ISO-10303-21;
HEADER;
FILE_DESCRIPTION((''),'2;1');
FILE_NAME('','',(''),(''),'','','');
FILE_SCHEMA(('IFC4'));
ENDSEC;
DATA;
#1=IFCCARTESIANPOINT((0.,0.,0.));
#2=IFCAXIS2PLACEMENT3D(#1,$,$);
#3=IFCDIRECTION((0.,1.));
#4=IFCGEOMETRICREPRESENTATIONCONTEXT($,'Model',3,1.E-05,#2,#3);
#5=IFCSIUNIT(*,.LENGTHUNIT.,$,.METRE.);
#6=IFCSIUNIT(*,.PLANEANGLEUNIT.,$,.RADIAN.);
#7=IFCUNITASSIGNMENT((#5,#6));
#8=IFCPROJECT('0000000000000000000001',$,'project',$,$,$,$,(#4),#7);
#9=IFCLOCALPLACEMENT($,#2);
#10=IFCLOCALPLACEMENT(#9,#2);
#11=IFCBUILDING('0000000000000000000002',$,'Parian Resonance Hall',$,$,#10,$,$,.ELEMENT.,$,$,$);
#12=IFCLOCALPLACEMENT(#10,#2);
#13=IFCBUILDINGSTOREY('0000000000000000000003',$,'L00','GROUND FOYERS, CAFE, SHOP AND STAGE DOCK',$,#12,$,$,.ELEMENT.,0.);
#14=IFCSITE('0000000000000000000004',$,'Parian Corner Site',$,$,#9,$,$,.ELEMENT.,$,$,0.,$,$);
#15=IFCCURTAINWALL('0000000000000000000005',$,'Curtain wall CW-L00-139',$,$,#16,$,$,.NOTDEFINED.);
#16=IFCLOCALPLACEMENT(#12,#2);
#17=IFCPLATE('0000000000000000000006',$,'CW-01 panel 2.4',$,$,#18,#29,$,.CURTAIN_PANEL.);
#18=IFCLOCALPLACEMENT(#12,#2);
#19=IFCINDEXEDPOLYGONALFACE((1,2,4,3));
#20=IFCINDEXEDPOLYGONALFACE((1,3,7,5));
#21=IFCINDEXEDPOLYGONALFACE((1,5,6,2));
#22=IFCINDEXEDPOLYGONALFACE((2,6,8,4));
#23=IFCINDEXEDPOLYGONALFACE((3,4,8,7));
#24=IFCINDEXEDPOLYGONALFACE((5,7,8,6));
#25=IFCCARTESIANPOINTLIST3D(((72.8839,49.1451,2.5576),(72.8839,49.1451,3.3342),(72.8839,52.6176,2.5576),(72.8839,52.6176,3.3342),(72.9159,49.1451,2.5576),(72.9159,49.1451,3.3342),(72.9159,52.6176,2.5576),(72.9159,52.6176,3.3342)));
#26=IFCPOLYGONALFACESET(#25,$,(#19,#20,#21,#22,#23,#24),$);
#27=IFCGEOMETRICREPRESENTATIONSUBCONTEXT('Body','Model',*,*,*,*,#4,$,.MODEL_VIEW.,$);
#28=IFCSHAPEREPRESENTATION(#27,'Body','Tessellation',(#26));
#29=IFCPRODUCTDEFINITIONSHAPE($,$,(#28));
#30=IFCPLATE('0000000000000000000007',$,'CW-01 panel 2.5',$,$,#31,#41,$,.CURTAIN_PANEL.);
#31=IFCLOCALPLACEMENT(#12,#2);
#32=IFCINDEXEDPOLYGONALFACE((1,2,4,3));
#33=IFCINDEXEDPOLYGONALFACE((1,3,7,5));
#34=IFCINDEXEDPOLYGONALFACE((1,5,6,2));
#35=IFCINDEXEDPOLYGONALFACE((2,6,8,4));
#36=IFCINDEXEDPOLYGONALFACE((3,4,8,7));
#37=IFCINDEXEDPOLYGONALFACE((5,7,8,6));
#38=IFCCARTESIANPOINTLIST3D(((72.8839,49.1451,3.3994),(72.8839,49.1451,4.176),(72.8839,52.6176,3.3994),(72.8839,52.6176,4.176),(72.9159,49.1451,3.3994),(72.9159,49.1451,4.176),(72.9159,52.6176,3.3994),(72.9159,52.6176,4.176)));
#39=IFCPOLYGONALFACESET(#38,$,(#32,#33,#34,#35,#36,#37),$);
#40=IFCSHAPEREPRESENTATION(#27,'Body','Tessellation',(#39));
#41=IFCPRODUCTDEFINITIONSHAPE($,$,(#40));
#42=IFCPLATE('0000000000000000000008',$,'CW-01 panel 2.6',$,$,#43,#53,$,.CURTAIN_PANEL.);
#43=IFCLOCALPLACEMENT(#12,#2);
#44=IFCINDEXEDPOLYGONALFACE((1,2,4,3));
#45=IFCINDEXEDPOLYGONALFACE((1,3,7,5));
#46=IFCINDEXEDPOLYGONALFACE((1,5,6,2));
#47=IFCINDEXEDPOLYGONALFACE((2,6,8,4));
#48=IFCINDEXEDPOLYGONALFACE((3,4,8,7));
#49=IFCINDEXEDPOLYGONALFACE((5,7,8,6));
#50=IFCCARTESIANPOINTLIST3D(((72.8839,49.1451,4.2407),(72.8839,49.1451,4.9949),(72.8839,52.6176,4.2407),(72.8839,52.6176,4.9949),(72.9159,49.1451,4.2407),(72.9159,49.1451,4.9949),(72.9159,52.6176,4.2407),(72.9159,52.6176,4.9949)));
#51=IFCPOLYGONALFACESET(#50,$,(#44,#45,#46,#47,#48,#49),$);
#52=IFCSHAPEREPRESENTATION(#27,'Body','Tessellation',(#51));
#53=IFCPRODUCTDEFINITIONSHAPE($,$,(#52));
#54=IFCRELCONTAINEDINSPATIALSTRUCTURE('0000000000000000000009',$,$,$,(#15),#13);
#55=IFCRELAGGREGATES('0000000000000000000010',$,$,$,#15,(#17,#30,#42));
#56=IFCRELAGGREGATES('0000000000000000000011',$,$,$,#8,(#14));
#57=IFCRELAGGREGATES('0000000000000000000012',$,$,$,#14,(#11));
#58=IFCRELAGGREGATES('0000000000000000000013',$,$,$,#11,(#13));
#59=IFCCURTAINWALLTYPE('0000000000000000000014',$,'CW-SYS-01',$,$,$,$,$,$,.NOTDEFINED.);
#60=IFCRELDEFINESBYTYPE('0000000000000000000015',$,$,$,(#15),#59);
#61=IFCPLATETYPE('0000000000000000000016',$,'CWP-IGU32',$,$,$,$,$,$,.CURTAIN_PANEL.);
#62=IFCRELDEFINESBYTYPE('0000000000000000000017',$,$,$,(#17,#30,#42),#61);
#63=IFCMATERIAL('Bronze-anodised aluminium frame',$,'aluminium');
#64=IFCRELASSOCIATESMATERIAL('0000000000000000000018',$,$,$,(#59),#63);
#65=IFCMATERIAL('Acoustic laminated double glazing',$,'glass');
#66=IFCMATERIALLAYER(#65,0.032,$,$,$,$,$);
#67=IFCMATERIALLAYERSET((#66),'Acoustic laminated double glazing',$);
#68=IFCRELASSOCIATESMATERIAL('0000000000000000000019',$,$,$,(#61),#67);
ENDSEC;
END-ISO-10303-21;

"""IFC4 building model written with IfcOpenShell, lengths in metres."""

from ifc_helpers import new_model, si_unit, direction, frame, origin, origin_2d, place, context, subcontext, project, spatial, rectangle, extrude, material, layer, layer_set, type_object, element, aggregate, save


model = new_model("IFC4")

# Units and contexts
model_context = context("Model", 3, precision=1e-05, world=origin(), true_north=direction((0.0, 1.0)))
body_context = subcontext(model_context, "Body", "Model", "MODEL_VIEW")
ifc_project = project(units=[si_unit("LENGTHUNIT", "METRE"), si_unit("PLANEANGLEUNIT", "RADIAN")], contexts=[model_context])

# Site, building, storey
site_placement = place(None, origin())
site = spatial("IfcSite", under=ifc_project, at=site_placement, Name="Parian Corner Site", CompositionType="ELEMENT", RefElevation=0.0)
building_placement = place(site_placement, origin())
building = spatial("IfcBuilding", under=site, at=building_placement, Name="Parian Resonance Hall", CompositionType="ELEMENT")
storey_placement = place(building_placement, origin())
storey = spatial("IfcBuildingStorey", under=building, at=storey_placement, Name="L00", Description="GROUND FOYERS, CAFE, SHOP AND STAGE DOCK", CompositionType="ELEMENT", Elevation=0.0)

# Shared definitions
ifc_material_1 = material(Name="Bronze-anodised aluminium frame", Category="aluminium")
curtain_wall_type_1 = type_object("IfcCurtainWallType", Name="CW-SYS-01", PredefinedType="NOTDEFINED", material=ifc_material_1)

# Curtain wall, plates
curtain_wall_1_placement = place(storey_placement, origin())
curtain_wall_1 = element("IfcCurtainWall", 1, at=curtain_wall_1_placement, inside=storey, type_object=curtain_wall_type_1, Name="Curtain wall CW-L00-139", PredefinedType="NOTDEFINED")
ifc_material_2 = material(Name="Acoustic laminated double glazing", Category="glass")
ifc_layer_1 = layer(ifc_material_2, 0.032)
ifc_layer_set_1 = layer_set([ifc_layer_1], Name="Acoustic laminated double glazing")
plate_type_1 = type_object("IfcPlateType", Name="CWP-IGU32", PredefinedType="CURTAIN_PANEL", material=ifc_layer_set_1)
plate_1_placement = place(storey_placement, frame((72.8999, 50.8813, 2.5576), z_axis=(0.0, 0.0, 1.0), x_axis=(0.0, -1.0, 0.0)))
plate_1 = element("IfcPlate", 2, at=plate_1_placement, type_object=plate_type_1, Name="CW-01 panel 2.4", PredefinedType="CURTAIN_PANEL", context=body_context, shape_type="SweptSolid", body=[
    extrude(rectangle(XDim=3.4724, YDim=0.032, at=origin_2d()), origin(), (0.0, 0.0, 1.0), 0.7766),
])
plate_2_placement = place(storey_placement, frame((72.8999, 50.8813, 3.3994), z_axis=(0.0, 0.0, 1.0), x_axis=(0.0, -1.0, 0.0)))
plate_2 = element("IfcPlate", 3, at=plate_2_placement, type_object=plate_type_1, Name="CW-01 panel 2.5", PredefinedType="CURTAIN_PANEL", context=body_context, shape_type="SweptSolid", body=[
    extrude(rectangle(XDim=3.4724, YDim=0.032, at=origin_2d()), origin(), (0.0, 0.0, 1.0), 0.7766),
])
plate_3_placement = place(storey_placement, frame((72.8999, 50.8813, 4.2407), z_axis=(0.0, 0.0, 1.0), x_axis=(0.0, -1.0, 0.0)))
plate_3 = element("IfcPlate", 4, at=plate_3_placement, type_object=plate_type_1, Name="CW-01 panel 2.6", PredefinedType="CURTAIN_PANEL", context=body_context, shape_type="SweptSolid", body=[
    extrude(rectangle(XDim=3.4724, YDim=0.032, at=origin_2d()), origin(), (0.0, 0.0, 1.0), 0.7542),
])
aggregate(curtain_wall_1, [plate_1, plate_2, plate_3])

save(model, "model.ifc")
